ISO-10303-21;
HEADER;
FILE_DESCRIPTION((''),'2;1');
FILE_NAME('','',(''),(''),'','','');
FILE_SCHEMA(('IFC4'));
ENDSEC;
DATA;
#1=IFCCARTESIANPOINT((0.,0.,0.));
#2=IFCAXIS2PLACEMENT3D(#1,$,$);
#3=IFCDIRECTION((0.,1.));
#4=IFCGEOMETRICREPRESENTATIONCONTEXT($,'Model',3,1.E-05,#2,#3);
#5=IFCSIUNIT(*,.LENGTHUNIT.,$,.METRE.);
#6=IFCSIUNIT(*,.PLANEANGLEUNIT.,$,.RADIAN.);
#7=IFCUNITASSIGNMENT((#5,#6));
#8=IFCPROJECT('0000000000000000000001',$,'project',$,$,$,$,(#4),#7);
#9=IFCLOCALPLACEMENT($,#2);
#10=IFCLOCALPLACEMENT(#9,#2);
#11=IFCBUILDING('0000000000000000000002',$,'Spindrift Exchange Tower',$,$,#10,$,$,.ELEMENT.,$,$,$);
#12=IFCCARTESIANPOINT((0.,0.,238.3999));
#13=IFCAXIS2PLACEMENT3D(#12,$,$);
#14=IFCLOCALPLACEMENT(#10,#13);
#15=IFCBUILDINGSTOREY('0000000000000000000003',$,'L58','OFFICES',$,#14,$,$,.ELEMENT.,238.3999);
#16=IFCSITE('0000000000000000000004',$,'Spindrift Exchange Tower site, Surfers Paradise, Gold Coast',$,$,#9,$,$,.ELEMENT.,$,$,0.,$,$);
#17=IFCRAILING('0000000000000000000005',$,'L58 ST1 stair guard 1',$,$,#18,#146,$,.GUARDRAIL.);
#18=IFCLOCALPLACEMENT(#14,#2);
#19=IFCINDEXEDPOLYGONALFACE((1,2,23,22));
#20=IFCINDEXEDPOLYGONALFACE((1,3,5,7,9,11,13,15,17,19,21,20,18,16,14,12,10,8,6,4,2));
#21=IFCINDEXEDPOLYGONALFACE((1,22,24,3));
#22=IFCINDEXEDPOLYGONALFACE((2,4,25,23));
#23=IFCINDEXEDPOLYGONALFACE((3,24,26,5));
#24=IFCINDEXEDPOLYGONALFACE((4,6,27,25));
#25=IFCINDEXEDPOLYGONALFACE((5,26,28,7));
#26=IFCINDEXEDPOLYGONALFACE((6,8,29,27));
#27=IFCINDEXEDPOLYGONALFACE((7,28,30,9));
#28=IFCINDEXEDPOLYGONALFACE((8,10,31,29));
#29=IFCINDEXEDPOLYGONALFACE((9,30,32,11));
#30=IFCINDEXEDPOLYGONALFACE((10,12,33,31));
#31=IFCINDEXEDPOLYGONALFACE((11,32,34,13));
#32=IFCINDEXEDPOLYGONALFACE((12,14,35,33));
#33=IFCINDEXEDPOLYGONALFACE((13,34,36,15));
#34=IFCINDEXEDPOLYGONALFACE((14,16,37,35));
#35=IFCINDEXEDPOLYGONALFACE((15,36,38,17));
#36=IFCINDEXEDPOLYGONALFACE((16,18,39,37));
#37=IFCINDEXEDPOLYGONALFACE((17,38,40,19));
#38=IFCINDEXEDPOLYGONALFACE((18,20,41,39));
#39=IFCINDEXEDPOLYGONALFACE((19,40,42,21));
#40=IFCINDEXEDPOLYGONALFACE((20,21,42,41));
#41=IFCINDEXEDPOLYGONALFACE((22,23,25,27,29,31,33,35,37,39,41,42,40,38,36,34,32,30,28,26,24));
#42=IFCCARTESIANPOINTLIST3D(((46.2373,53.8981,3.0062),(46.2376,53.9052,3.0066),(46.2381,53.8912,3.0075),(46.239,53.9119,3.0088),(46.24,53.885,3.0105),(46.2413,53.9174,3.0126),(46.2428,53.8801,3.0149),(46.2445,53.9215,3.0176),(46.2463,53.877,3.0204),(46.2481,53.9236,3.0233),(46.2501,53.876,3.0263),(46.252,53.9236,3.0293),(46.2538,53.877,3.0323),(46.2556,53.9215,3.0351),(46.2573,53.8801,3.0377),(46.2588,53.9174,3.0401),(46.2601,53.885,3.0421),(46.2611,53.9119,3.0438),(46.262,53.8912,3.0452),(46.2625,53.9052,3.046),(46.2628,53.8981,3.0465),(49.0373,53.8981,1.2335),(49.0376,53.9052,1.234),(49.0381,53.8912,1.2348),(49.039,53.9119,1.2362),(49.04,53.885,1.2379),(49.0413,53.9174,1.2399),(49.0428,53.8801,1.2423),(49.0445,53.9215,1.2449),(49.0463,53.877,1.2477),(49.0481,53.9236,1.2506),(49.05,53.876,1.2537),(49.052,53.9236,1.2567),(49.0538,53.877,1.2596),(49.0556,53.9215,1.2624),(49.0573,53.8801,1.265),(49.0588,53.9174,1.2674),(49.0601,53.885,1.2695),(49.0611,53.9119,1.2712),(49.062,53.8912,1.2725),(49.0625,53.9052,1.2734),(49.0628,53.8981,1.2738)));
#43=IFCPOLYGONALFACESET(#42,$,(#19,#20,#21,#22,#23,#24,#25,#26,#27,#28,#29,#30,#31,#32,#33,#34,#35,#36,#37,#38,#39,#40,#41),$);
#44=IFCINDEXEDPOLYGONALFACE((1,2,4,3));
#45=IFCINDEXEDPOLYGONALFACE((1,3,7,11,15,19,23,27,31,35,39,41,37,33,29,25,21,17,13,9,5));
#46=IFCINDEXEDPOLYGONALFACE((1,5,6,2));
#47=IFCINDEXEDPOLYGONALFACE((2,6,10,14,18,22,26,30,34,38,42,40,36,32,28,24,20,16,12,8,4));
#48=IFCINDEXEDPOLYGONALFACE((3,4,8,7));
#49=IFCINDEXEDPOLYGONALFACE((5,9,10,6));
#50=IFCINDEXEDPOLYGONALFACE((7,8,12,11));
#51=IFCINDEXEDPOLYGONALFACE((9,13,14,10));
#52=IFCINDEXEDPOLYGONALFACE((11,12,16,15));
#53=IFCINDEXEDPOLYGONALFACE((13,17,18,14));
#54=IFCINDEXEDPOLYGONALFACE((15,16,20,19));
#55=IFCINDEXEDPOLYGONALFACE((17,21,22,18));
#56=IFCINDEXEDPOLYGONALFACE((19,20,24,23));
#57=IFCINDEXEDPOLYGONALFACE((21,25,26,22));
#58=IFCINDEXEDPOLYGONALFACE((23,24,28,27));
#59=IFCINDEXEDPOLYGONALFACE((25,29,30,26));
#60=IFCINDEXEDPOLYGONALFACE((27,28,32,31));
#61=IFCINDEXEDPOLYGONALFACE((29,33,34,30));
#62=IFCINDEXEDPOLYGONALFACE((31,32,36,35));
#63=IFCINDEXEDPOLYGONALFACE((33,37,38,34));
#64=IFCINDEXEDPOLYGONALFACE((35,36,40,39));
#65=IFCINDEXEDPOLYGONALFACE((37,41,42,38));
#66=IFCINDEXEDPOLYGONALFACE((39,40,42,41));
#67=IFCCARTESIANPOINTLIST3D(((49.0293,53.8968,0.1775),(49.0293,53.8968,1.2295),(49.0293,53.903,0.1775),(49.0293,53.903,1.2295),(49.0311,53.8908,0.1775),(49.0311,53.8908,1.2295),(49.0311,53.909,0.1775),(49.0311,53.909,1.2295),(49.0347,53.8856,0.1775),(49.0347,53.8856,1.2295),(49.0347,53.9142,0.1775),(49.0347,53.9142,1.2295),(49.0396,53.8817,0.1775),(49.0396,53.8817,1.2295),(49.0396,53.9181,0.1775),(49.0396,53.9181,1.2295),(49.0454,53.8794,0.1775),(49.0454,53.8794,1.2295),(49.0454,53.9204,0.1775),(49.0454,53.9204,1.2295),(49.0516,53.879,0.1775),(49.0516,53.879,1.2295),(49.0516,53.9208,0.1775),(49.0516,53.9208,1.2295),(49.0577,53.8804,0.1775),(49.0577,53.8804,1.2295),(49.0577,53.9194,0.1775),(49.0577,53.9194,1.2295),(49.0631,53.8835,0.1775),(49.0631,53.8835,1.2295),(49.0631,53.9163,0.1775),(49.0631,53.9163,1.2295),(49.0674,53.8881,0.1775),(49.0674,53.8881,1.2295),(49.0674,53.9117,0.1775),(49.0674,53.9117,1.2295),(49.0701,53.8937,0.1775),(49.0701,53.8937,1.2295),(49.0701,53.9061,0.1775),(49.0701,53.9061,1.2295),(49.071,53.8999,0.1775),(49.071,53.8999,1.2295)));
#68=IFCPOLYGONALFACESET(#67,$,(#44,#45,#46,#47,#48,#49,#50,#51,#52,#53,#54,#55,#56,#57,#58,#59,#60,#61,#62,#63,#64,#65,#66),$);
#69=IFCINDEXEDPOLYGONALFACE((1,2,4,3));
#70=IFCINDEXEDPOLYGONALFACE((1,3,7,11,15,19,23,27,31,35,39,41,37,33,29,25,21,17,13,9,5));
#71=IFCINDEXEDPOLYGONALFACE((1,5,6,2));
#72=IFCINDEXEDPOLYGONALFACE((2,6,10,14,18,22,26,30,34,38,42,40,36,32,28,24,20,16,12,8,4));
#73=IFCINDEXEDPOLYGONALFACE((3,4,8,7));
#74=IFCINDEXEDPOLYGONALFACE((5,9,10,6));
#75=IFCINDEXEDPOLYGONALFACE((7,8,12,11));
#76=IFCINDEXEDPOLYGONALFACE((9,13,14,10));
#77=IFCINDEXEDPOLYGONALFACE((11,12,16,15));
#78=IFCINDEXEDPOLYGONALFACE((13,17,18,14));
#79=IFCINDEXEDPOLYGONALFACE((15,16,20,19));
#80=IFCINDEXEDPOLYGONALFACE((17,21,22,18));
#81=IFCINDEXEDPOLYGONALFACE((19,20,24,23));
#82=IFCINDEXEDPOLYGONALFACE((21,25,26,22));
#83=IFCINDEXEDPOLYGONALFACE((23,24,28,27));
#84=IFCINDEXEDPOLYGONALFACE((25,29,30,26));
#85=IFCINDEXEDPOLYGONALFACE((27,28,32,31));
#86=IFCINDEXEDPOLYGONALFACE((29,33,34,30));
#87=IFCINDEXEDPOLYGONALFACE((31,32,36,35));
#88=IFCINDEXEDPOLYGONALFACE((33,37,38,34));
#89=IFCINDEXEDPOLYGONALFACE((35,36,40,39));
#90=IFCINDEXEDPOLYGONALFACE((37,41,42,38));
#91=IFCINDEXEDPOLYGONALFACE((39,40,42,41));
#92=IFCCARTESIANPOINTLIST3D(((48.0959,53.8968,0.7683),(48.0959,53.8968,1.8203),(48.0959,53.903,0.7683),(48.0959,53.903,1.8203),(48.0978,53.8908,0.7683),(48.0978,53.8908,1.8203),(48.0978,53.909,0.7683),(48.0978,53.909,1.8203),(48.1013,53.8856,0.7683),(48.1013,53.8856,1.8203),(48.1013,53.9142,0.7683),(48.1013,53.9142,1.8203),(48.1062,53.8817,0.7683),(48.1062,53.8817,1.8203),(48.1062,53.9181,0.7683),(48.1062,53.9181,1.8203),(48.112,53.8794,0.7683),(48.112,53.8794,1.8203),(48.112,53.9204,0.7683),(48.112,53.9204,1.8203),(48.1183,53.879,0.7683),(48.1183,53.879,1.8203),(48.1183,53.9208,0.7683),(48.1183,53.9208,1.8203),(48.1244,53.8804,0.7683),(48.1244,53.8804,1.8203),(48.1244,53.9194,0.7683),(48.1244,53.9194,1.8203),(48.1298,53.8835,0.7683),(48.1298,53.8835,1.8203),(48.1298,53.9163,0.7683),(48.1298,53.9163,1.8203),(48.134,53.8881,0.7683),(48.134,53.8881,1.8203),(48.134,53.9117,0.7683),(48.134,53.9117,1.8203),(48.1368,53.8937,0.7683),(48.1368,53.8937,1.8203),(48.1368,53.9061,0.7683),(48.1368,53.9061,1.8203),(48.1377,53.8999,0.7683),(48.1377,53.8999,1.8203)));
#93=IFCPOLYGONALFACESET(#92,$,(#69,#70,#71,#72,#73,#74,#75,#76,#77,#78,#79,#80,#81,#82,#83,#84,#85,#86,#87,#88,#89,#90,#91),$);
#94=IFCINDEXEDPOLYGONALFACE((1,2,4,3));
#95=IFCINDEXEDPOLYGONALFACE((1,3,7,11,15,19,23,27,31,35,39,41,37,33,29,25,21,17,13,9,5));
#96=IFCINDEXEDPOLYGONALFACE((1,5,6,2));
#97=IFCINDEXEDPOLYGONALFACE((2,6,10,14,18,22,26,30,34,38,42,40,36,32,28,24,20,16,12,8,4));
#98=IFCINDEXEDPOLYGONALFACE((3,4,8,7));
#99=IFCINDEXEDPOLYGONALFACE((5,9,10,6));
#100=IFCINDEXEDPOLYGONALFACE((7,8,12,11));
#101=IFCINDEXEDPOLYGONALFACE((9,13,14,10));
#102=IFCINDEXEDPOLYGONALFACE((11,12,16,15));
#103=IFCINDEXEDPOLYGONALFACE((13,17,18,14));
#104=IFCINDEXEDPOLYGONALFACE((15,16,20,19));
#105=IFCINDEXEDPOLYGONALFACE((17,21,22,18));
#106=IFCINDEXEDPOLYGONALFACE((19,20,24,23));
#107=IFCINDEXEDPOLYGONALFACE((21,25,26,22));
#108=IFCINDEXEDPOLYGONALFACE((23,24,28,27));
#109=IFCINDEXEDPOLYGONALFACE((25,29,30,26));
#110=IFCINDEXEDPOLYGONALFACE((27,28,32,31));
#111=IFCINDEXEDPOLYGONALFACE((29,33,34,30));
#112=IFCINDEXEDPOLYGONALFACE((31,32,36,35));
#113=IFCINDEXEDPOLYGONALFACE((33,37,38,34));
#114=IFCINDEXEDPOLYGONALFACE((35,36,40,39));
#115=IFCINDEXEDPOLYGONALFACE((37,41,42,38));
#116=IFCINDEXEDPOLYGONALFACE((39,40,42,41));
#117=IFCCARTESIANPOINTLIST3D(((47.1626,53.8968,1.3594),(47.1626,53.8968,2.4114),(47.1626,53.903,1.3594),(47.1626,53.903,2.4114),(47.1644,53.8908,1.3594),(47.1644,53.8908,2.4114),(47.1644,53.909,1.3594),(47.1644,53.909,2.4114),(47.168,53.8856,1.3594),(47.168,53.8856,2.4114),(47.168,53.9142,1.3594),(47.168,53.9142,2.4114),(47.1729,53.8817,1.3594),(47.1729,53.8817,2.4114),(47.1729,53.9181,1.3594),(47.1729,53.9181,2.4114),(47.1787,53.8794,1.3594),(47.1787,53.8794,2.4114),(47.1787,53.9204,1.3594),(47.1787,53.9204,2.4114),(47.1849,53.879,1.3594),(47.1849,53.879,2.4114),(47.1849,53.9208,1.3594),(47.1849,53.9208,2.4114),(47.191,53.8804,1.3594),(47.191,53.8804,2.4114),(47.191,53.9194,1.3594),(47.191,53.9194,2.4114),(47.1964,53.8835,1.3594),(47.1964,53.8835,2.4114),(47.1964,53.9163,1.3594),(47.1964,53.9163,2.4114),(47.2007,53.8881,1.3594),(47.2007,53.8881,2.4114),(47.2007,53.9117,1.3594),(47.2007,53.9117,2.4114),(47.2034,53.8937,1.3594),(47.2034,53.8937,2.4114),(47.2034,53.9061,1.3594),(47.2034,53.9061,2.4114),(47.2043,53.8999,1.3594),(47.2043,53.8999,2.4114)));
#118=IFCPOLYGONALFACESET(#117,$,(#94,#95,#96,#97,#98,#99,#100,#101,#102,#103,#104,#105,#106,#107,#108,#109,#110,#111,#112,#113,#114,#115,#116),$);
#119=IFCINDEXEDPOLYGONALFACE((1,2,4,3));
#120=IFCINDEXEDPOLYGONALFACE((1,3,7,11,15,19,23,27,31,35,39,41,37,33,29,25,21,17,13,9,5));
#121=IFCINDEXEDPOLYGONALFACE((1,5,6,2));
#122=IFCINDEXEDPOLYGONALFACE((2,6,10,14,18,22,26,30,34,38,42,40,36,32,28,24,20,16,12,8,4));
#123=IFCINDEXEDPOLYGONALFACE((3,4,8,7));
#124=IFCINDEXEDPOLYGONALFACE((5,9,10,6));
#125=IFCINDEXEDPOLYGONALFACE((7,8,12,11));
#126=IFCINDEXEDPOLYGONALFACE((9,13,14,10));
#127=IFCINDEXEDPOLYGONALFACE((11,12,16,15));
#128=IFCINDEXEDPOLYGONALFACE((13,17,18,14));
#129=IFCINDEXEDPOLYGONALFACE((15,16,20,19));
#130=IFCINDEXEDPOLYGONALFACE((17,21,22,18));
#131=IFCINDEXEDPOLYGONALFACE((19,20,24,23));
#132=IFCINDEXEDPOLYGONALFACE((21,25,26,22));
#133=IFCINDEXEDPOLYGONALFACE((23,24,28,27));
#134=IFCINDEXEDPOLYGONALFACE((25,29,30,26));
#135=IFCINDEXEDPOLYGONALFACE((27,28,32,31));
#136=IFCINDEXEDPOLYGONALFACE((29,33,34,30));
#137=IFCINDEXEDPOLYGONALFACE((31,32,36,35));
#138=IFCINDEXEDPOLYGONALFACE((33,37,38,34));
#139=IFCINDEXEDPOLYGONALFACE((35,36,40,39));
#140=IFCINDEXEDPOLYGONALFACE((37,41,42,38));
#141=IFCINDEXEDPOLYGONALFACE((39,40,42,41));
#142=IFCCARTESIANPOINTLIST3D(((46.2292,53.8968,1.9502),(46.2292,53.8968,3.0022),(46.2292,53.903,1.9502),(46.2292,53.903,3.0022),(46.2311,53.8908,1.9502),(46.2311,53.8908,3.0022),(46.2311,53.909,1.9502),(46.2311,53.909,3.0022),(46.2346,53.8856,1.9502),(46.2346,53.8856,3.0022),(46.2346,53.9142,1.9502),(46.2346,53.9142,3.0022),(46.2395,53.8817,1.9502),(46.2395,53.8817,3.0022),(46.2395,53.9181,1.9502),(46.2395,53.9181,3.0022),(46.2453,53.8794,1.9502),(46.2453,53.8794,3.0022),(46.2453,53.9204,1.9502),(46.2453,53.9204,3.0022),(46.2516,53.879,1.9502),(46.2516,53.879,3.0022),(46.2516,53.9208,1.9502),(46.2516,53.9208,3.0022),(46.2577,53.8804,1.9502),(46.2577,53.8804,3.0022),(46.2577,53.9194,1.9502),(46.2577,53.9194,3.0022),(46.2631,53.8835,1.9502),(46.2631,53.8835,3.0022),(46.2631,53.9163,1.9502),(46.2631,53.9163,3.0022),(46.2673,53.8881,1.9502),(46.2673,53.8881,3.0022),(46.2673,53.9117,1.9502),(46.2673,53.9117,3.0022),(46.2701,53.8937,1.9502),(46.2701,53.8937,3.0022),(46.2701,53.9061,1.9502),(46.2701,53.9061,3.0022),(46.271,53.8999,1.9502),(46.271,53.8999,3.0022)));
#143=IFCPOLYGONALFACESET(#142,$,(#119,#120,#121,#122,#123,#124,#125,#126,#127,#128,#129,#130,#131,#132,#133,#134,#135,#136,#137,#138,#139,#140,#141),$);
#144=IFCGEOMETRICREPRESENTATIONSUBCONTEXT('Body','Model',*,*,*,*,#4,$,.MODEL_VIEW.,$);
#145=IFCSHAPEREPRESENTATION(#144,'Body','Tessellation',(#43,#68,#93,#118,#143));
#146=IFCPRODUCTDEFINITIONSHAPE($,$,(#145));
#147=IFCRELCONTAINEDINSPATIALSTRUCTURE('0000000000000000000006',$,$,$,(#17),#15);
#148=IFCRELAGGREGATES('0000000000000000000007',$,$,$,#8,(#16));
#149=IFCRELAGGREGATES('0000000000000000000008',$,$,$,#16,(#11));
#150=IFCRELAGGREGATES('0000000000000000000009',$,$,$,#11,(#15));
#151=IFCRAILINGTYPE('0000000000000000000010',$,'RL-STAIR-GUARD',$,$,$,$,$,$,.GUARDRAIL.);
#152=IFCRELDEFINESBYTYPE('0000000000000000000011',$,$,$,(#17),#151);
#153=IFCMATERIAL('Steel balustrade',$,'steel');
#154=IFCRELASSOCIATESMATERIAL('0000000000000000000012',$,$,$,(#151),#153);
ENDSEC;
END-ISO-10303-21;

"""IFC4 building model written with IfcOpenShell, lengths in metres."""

from ifc_helpers import new_model, si_unit, direction, frame, origin, origin_2d, place, context, subcontext, project, spatial, circle, extrude, material, type_object, element, save


model = new_model("IFC4")

# Units and contexts
model_context = context("Model", 3, precision=1e-05, world=origin(), true_north=direction((0.0, 1.0)))
body_context = subcontext(model_context, "Body", "Model", "MODEL_VIEW")
ifc_project = project(units=[si_unit("LENGTHUNIT", "METRE"), si_unit("PLANEANGLEUNIT", "RADIAN")], contexts=[model_context])

# Site, building, storey
site_placement = place(None, origin())
site = spatial("IfcSite", under=ifc_project, at=site_placement, Name="Spindrift Exchange Tower site, Surfers Paradise, Gold Coast", CompositionType="ELEMENT", RefElevation=0.0)
building_placement = place(site_placement, origin())
building = spatial("IfcBuilding", under=site, at=building_placement, Name="Spindrift Exchange Tower", CompositionType="ELEMENT")
storey_placement = place(building_placement, frame((0.0, 0.0, 238.3999)))
storey = spatial("IfcBuildingStorey", under=building, at=storey_placement, Name="L58", Description="OFFICES", CompositionType="ELEMENT", Elevation=238.3999)

# Railing
ifc_material_1 = material(Name="Steel balustrade", Category="steel")
railing_type_1 = type_object("IfcRailingType", Name="RL-STAIR-GUARD", PredefinedType="GUARDRAIL", material=ifc_material_1)
railing_1_placement = place(storey_placement, frame((49.05, 53.8999, 0.1775)))
element("IfcRailing", 1, at=railing_1_placement, inside=storey, type_object=railing_type_1, Name="L58 ST1 stair guard 1", PredefinedType="GUARDRAIL", context=body_context, shape_type="SweptSolid", body=[
    extrude(circle(Radius=0.0239, at=origin_2d()), frame((0.0, 0.0, 1.0762), z_axis=(-0.844909, 0.0, 0.53491), x_axis=(0.0, -1.0, 0.0)), (0.0, 0.0, 1.0), 3.314),
    extrude(circle(Radius=0.021, at=origin_2d()), origin(), (0.0, 0.0, 1.0), 1.052),
    extrude(circle(Radius=0.021, at=origin_2d()), frame((-0.9333, 0.0, 0.5908)), (0.0, 0.0, 1.0), 1.052),
    extrude(circle(Radius=0.021, at=origin_2d()), frame((-1.8667, 0.0, 1.1819)), (0.0, 0.0, 1.0), 1.052),
    extrude(circle(Radius=0.021, at=origin_2d()), frame((-2.8, 0.0, 1.7727)), (0.0, 0.0, 1.0), 1.052),
])

save(model, "model.ifc")
